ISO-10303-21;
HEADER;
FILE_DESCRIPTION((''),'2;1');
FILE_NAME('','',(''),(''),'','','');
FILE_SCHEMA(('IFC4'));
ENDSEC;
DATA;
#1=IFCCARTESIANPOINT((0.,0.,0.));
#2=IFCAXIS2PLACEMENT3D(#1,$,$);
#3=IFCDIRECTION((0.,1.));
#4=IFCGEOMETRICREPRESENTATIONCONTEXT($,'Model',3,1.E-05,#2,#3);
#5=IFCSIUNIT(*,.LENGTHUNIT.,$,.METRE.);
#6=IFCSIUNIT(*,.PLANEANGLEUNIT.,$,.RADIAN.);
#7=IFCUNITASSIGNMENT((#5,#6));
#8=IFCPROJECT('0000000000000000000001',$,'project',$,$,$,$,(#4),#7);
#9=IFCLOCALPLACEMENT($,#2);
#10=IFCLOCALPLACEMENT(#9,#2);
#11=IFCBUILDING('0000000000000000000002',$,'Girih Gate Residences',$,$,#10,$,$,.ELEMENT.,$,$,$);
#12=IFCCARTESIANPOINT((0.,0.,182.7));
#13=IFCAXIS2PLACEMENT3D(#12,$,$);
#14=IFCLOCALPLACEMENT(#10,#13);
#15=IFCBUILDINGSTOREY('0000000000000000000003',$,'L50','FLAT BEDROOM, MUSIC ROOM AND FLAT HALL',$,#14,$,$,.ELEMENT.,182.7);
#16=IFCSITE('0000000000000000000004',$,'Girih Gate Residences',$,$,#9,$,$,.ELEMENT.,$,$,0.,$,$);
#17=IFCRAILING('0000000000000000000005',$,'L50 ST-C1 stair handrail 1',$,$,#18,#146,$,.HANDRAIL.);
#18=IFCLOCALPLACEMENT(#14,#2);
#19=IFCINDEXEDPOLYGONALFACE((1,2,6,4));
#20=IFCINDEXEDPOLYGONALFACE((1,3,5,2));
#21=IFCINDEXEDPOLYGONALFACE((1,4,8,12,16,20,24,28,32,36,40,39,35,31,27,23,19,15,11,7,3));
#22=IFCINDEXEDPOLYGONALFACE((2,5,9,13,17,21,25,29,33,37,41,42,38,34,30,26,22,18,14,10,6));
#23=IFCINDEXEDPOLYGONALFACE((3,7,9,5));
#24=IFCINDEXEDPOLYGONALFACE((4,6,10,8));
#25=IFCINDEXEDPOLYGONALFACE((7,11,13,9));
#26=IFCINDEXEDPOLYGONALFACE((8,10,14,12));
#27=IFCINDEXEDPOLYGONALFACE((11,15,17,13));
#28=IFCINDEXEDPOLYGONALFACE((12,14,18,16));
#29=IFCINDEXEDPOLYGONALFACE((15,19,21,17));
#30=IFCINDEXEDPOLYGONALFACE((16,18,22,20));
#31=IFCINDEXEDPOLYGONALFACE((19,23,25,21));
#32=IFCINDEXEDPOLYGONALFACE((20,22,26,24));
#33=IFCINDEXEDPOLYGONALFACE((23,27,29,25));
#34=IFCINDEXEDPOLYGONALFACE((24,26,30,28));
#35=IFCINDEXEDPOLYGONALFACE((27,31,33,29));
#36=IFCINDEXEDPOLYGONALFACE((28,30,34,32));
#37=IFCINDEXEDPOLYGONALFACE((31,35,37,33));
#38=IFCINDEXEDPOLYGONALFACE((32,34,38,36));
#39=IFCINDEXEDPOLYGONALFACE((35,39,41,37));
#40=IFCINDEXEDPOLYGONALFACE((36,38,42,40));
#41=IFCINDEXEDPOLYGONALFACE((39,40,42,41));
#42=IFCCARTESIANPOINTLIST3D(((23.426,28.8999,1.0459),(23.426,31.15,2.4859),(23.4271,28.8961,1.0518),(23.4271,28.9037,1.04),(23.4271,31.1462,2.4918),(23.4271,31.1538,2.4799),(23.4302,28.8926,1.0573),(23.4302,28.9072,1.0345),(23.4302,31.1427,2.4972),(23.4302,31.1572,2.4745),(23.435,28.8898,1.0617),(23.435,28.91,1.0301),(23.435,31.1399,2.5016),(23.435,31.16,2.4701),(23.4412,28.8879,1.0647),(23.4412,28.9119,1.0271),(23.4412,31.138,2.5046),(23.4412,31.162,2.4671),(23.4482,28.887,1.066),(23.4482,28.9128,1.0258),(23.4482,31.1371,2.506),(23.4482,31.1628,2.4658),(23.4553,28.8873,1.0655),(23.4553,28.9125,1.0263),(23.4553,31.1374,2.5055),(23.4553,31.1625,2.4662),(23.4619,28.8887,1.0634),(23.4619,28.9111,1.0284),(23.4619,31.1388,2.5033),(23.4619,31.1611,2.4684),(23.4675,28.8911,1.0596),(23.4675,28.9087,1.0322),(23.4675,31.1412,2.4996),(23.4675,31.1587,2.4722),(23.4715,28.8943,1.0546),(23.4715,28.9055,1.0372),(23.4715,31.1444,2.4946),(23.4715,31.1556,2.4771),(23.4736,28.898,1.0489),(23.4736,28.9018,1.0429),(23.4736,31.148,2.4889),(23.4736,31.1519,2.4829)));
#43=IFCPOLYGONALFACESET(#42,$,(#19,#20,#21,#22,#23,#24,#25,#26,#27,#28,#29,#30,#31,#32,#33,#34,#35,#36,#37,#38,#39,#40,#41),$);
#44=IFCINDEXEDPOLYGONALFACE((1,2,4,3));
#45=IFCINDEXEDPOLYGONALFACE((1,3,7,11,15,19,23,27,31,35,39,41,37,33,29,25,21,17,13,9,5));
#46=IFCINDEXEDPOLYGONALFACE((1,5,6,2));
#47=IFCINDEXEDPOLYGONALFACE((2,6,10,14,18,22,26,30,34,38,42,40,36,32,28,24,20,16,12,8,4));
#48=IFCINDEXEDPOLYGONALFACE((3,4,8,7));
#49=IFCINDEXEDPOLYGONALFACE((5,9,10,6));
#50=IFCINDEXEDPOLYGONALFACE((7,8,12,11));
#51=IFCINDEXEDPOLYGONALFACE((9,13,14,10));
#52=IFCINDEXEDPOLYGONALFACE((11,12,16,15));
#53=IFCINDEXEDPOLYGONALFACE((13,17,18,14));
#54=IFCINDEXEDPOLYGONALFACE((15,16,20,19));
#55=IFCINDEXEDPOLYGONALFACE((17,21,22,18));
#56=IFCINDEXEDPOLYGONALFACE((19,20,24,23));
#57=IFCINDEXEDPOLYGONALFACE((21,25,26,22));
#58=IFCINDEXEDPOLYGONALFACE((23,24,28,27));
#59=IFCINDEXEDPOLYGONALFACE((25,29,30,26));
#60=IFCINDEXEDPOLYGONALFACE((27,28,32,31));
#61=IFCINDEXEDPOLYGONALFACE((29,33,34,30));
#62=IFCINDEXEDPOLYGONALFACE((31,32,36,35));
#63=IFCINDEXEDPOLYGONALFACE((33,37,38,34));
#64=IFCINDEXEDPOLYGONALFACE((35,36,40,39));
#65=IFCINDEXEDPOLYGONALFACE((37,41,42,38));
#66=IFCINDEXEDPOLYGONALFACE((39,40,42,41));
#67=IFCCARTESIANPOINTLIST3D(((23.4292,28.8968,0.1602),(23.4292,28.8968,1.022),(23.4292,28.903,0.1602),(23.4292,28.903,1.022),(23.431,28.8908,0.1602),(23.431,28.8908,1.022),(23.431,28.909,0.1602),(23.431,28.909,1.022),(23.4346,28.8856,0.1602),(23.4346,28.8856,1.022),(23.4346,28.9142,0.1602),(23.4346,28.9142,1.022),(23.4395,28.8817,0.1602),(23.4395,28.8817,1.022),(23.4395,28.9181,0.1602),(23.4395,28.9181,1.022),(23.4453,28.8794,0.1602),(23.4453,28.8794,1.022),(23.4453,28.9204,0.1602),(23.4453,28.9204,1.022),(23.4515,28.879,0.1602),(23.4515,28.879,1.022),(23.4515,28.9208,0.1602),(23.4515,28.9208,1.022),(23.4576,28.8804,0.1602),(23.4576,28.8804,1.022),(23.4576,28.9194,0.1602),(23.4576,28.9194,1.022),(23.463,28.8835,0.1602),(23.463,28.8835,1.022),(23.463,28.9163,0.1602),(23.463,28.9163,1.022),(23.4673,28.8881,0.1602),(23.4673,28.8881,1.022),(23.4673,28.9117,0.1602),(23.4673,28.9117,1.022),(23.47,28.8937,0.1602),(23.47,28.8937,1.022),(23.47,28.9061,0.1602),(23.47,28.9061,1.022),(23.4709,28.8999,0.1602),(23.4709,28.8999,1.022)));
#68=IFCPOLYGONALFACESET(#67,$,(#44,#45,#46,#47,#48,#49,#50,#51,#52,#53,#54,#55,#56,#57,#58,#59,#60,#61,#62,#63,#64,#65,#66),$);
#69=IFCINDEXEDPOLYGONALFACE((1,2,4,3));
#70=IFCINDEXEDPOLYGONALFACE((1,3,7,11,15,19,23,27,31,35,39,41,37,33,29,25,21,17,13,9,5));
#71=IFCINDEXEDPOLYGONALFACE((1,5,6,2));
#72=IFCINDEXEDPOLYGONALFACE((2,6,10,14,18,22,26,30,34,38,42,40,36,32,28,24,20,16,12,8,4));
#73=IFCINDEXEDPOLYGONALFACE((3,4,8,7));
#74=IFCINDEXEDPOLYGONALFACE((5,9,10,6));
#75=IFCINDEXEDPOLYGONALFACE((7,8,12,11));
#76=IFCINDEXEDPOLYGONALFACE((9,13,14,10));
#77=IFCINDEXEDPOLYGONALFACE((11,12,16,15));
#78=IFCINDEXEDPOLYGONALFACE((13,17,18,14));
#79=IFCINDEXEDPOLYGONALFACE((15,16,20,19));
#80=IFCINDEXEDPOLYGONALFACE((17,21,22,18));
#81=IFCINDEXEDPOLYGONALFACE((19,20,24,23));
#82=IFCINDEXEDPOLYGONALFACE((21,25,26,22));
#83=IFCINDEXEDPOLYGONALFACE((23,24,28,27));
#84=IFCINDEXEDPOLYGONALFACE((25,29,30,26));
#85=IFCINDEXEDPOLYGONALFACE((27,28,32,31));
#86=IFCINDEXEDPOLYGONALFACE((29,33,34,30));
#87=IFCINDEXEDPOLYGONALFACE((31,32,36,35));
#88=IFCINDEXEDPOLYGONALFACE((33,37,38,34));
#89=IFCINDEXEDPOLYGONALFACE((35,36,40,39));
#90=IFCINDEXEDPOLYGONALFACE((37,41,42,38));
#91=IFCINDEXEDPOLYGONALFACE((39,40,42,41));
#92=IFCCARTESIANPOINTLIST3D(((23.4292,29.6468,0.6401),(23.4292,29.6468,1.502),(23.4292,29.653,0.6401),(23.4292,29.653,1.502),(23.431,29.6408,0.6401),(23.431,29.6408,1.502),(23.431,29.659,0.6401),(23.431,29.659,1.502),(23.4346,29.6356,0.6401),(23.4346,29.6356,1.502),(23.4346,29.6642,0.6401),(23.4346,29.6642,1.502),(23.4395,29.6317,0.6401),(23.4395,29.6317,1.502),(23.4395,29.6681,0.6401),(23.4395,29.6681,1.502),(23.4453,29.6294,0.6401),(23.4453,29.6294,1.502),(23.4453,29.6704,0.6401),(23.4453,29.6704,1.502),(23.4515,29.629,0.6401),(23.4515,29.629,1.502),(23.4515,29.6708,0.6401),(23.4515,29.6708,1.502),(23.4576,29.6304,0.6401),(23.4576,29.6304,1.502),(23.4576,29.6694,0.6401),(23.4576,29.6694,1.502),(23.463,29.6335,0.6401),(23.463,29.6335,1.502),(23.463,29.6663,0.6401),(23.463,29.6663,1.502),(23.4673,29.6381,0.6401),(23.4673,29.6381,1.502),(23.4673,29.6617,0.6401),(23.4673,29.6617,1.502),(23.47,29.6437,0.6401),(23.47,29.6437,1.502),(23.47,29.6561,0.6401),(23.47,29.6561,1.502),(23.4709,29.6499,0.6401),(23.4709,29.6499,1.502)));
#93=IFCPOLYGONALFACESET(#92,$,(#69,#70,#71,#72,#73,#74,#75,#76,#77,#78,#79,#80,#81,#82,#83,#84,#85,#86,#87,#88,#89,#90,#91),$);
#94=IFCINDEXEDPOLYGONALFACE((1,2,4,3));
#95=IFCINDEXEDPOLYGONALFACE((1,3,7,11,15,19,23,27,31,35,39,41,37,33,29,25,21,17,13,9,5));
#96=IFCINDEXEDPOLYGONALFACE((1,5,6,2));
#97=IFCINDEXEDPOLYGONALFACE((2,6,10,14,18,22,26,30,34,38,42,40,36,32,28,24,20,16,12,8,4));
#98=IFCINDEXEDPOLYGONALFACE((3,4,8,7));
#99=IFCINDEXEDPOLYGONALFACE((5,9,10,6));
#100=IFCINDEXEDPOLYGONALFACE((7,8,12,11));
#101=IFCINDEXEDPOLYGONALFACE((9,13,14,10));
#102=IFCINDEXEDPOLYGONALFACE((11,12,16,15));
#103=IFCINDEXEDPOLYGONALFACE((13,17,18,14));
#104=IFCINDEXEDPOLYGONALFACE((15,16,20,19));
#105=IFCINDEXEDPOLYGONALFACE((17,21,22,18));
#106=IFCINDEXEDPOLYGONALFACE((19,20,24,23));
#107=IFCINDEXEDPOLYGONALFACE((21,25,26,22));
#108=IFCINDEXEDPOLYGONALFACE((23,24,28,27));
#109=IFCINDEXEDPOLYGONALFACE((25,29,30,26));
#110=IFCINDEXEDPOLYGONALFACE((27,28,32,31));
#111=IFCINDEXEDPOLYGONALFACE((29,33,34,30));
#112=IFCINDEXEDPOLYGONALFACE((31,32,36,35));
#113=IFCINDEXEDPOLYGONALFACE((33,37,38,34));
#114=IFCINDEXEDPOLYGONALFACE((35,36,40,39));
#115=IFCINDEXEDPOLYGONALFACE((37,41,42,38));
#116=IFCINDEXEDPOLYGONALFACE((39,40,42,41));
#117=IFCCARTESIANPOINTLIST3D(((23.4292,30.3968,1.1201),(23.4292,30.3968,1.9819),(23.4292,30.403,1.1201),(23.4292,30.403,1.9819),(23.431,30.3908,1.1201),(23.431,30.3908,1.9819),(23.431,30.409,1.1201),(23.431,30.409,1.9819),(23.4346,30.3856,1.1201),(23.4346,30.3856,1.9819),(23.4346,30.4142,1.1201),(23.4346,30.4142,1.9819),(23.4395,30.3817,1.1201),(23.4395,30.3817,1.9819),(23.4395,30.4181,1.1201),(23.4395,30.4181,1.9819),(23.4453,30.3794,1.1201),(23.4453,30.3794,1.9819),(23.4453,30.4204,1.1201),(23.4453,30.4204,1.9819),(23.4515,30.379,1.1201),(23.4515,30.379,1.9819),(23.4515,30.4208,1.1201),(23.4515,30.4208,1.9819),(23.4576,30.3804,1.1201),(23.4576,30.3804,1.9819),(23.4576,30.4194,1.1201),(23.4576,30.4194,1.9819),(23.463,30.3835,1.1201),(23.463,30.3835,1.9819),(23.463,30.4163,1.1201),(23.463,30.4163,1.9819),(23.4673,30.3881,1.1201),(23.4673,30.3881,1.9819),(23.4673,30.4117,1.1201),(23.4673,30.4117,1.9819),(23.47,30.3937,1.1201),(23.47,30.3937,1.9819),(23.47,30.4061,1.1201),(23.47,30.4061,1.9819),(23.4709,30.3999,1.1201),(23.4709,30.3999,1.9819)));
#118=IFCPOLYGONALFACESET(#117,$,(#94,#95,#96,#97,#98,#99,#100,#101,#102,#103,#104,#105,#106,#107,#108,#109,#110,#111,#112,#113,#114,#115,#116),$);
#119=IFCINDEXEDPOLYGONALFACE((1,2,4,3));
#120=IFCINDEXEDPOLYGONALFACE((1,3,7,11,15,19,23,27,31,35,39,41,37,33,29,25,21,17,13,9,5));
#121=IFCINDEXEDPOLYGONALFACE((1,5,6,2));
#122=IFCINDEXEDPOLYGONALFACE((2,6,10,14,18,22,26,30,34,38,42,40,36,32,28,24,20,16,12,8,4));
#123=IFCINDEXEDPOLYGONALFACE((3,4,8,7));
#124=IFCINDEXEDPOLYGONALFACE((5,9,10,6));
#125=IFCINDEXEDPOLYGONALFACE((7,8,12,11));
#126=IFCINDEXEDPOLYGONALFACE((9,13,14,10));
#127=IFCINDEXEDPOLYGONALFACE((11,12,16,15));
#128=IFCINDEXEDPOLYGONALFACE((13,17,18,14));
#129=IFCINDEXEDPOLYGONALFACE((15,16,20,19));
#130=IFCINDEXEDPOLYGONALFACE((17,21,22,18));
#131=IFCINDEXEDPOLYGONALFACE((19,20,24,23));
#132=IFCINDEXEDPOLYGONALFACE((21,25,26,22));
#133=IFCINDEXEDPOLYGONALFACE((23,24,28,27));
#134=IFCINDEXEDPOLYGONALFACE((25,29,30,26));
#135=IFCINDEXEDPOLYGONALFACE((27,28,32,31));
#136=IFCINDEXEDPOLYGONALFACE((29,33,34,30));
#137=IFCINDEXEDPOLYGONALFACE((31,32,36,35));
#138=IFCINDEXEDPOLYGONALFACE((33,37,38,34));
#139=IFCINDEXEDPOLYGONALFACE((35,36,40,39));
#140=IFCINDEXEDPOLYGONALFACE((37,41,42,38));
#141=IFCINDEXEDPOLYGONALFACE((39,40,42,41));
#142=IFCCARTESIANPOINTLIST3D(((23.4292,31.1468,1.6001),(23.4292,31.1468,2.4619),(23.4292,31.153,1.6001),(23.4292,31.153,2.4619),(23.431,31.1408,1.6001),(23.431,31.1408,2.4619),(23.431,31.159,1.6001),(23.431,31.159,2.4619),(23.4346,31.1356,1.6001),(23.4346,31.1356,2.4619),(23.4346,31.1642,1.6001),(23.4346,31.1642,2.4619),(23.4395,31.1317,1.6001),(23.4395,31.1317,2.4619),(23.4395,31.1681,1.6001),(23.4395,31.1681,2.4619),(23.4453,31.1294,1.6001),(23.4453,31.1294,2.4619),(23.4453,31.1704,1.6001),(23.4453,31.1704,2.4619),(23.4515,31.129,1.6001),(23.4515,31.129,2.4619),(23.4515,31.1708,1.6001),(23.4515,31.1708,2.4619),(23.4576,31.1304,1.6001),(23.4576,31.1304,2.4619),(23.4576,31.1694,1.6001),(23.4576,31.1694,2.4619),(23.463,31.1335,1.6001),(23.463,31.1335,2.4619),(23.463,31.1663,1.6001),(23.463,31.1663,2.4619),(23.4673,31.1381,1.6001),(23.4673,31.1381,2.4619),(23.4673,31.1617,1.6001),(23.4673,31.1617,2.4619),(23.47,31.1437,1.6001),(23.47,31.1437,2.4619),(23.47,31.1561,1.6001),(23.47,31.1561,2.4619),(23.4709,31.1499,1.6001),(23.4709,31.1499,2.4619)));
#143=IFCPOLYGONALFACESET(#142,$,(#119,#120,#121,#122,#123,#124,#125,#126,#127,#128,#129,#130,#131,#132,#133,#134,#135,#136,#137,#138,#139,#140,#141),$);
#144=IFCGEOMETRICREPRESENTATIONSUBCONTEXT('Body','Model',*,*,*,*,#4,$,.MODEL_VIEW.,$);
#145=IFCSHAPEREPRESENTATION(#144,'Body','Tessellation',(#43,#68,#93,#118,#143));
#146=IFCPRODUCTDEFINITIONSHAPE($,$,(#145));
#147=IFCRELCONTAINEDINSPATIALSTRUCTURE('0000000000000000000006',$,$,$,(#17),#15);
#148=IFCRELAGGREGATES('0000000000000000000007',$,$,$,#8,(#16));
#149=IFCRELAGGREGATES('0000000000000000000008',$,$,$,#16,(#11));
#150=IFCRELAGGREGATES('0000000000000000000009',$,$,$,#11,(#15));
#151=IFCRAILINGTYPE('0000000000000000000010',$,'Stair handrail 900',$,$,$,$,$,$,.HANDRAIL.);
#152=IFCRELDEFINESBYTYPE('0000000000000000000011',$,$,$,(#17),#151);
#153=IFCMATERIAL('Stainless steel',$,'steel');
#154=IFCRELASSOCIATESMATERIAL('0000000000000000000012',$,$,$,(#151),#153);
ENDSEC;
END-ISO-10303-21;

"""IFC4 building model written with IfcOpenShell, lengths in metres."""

from ifc_helpers import new_model, si_unit, direction, frame, origin, origin_2d, place, context, subcontext, project, spatial, circle, extrude, material, type_object, element, save


model = new_model("IFC4")

# Units and contexts
model_context = context("Model", 3, precision=1e-05, world=origin(), true_north=direction((0.0, 1.0)))
body_context = subcontext(model_context, "Body", "Model", "MODEL_VIEW")
ifc_project = project(units=[si_unit("LENGTHUNIT", "METRE"), si_unit("PLANEANGLEUNIT", "RADIAN")], contexts=[model_context])

# Site, building, storey
site_placement = place(None, origin())
site = spatial("IfcSite", under=ifc_project, at=site_placement, Name="Girih Gate Residences", CompositionType="ELEMENT", RefElevation=0.0)
building_placement = place(site_placement, origin())
building = spatial("IfcBuilding", under=site, at=building_placement, Name="Girih Gate Residences", CompositionType="ELEMENT")
storey_placement = place(building_placement, frame((0.0, 0.0, 182.7)))
storey = spatial("IfcBuildingStorey", under=building, at=storey_placement, Name="L50", Description="FLAT BEDROOM, MUSIC ROOM AND FLAT HALL", CompositionType="ELEMENT", Elevation=182.7)

# Railing
ifc_material_1 = material(Name="Stainless steel", Category="steel")
railing_type_1 = type_object("IfcRailingType", Name="Stair handrail 900", PredefinedType="HANDRAIL", material=ifc_material_1)
railing_1_placement = place(storey_placement, frame((23.45, 28.8999, 0.1602)))
element("IfcRailing", 1, at=railing_1_placement, inside=storey, type_object=railing_type_1, Name="L50 ST-C1 stair handrail 1", PredefinedType="HANDRAIL", context=body_context, shape_type="SweptSolid", body=[
    extrude(circle(Radius=0.0239, at=origin_2d()), frame((0.0, 0.0, 0.8857), z_axis=(0.0, 0.842281, 0.539038), x_axis=(-1.0, 0.0, 0.0)), (0.0, 0.0, 1.0), 2.6714),
    extrude(circle(Radius=0.021, at=origin_2d()), origin(), (0.0, 0.0, 1.0), 0.8618),
    extrude(circle(Radius=0.021, at=origin_2d()), frame((0.0, 0.75, 0.48)), (0.0, 0.0, 1.0), 0.8618),
    extrude(circle(Radius=0.021, at=origin_2d()), frame((0.0, 1.5, 0.96)), (0.0, 0.0, 1.0), 0.8618),
    extrude(circle(Radius=0.021, at=origin_2d()), frame((0.0, 2.25, 1.4399)), (0.0, 0.0, 1.0), 0.8618),
])

save(model, "model.ifc")
